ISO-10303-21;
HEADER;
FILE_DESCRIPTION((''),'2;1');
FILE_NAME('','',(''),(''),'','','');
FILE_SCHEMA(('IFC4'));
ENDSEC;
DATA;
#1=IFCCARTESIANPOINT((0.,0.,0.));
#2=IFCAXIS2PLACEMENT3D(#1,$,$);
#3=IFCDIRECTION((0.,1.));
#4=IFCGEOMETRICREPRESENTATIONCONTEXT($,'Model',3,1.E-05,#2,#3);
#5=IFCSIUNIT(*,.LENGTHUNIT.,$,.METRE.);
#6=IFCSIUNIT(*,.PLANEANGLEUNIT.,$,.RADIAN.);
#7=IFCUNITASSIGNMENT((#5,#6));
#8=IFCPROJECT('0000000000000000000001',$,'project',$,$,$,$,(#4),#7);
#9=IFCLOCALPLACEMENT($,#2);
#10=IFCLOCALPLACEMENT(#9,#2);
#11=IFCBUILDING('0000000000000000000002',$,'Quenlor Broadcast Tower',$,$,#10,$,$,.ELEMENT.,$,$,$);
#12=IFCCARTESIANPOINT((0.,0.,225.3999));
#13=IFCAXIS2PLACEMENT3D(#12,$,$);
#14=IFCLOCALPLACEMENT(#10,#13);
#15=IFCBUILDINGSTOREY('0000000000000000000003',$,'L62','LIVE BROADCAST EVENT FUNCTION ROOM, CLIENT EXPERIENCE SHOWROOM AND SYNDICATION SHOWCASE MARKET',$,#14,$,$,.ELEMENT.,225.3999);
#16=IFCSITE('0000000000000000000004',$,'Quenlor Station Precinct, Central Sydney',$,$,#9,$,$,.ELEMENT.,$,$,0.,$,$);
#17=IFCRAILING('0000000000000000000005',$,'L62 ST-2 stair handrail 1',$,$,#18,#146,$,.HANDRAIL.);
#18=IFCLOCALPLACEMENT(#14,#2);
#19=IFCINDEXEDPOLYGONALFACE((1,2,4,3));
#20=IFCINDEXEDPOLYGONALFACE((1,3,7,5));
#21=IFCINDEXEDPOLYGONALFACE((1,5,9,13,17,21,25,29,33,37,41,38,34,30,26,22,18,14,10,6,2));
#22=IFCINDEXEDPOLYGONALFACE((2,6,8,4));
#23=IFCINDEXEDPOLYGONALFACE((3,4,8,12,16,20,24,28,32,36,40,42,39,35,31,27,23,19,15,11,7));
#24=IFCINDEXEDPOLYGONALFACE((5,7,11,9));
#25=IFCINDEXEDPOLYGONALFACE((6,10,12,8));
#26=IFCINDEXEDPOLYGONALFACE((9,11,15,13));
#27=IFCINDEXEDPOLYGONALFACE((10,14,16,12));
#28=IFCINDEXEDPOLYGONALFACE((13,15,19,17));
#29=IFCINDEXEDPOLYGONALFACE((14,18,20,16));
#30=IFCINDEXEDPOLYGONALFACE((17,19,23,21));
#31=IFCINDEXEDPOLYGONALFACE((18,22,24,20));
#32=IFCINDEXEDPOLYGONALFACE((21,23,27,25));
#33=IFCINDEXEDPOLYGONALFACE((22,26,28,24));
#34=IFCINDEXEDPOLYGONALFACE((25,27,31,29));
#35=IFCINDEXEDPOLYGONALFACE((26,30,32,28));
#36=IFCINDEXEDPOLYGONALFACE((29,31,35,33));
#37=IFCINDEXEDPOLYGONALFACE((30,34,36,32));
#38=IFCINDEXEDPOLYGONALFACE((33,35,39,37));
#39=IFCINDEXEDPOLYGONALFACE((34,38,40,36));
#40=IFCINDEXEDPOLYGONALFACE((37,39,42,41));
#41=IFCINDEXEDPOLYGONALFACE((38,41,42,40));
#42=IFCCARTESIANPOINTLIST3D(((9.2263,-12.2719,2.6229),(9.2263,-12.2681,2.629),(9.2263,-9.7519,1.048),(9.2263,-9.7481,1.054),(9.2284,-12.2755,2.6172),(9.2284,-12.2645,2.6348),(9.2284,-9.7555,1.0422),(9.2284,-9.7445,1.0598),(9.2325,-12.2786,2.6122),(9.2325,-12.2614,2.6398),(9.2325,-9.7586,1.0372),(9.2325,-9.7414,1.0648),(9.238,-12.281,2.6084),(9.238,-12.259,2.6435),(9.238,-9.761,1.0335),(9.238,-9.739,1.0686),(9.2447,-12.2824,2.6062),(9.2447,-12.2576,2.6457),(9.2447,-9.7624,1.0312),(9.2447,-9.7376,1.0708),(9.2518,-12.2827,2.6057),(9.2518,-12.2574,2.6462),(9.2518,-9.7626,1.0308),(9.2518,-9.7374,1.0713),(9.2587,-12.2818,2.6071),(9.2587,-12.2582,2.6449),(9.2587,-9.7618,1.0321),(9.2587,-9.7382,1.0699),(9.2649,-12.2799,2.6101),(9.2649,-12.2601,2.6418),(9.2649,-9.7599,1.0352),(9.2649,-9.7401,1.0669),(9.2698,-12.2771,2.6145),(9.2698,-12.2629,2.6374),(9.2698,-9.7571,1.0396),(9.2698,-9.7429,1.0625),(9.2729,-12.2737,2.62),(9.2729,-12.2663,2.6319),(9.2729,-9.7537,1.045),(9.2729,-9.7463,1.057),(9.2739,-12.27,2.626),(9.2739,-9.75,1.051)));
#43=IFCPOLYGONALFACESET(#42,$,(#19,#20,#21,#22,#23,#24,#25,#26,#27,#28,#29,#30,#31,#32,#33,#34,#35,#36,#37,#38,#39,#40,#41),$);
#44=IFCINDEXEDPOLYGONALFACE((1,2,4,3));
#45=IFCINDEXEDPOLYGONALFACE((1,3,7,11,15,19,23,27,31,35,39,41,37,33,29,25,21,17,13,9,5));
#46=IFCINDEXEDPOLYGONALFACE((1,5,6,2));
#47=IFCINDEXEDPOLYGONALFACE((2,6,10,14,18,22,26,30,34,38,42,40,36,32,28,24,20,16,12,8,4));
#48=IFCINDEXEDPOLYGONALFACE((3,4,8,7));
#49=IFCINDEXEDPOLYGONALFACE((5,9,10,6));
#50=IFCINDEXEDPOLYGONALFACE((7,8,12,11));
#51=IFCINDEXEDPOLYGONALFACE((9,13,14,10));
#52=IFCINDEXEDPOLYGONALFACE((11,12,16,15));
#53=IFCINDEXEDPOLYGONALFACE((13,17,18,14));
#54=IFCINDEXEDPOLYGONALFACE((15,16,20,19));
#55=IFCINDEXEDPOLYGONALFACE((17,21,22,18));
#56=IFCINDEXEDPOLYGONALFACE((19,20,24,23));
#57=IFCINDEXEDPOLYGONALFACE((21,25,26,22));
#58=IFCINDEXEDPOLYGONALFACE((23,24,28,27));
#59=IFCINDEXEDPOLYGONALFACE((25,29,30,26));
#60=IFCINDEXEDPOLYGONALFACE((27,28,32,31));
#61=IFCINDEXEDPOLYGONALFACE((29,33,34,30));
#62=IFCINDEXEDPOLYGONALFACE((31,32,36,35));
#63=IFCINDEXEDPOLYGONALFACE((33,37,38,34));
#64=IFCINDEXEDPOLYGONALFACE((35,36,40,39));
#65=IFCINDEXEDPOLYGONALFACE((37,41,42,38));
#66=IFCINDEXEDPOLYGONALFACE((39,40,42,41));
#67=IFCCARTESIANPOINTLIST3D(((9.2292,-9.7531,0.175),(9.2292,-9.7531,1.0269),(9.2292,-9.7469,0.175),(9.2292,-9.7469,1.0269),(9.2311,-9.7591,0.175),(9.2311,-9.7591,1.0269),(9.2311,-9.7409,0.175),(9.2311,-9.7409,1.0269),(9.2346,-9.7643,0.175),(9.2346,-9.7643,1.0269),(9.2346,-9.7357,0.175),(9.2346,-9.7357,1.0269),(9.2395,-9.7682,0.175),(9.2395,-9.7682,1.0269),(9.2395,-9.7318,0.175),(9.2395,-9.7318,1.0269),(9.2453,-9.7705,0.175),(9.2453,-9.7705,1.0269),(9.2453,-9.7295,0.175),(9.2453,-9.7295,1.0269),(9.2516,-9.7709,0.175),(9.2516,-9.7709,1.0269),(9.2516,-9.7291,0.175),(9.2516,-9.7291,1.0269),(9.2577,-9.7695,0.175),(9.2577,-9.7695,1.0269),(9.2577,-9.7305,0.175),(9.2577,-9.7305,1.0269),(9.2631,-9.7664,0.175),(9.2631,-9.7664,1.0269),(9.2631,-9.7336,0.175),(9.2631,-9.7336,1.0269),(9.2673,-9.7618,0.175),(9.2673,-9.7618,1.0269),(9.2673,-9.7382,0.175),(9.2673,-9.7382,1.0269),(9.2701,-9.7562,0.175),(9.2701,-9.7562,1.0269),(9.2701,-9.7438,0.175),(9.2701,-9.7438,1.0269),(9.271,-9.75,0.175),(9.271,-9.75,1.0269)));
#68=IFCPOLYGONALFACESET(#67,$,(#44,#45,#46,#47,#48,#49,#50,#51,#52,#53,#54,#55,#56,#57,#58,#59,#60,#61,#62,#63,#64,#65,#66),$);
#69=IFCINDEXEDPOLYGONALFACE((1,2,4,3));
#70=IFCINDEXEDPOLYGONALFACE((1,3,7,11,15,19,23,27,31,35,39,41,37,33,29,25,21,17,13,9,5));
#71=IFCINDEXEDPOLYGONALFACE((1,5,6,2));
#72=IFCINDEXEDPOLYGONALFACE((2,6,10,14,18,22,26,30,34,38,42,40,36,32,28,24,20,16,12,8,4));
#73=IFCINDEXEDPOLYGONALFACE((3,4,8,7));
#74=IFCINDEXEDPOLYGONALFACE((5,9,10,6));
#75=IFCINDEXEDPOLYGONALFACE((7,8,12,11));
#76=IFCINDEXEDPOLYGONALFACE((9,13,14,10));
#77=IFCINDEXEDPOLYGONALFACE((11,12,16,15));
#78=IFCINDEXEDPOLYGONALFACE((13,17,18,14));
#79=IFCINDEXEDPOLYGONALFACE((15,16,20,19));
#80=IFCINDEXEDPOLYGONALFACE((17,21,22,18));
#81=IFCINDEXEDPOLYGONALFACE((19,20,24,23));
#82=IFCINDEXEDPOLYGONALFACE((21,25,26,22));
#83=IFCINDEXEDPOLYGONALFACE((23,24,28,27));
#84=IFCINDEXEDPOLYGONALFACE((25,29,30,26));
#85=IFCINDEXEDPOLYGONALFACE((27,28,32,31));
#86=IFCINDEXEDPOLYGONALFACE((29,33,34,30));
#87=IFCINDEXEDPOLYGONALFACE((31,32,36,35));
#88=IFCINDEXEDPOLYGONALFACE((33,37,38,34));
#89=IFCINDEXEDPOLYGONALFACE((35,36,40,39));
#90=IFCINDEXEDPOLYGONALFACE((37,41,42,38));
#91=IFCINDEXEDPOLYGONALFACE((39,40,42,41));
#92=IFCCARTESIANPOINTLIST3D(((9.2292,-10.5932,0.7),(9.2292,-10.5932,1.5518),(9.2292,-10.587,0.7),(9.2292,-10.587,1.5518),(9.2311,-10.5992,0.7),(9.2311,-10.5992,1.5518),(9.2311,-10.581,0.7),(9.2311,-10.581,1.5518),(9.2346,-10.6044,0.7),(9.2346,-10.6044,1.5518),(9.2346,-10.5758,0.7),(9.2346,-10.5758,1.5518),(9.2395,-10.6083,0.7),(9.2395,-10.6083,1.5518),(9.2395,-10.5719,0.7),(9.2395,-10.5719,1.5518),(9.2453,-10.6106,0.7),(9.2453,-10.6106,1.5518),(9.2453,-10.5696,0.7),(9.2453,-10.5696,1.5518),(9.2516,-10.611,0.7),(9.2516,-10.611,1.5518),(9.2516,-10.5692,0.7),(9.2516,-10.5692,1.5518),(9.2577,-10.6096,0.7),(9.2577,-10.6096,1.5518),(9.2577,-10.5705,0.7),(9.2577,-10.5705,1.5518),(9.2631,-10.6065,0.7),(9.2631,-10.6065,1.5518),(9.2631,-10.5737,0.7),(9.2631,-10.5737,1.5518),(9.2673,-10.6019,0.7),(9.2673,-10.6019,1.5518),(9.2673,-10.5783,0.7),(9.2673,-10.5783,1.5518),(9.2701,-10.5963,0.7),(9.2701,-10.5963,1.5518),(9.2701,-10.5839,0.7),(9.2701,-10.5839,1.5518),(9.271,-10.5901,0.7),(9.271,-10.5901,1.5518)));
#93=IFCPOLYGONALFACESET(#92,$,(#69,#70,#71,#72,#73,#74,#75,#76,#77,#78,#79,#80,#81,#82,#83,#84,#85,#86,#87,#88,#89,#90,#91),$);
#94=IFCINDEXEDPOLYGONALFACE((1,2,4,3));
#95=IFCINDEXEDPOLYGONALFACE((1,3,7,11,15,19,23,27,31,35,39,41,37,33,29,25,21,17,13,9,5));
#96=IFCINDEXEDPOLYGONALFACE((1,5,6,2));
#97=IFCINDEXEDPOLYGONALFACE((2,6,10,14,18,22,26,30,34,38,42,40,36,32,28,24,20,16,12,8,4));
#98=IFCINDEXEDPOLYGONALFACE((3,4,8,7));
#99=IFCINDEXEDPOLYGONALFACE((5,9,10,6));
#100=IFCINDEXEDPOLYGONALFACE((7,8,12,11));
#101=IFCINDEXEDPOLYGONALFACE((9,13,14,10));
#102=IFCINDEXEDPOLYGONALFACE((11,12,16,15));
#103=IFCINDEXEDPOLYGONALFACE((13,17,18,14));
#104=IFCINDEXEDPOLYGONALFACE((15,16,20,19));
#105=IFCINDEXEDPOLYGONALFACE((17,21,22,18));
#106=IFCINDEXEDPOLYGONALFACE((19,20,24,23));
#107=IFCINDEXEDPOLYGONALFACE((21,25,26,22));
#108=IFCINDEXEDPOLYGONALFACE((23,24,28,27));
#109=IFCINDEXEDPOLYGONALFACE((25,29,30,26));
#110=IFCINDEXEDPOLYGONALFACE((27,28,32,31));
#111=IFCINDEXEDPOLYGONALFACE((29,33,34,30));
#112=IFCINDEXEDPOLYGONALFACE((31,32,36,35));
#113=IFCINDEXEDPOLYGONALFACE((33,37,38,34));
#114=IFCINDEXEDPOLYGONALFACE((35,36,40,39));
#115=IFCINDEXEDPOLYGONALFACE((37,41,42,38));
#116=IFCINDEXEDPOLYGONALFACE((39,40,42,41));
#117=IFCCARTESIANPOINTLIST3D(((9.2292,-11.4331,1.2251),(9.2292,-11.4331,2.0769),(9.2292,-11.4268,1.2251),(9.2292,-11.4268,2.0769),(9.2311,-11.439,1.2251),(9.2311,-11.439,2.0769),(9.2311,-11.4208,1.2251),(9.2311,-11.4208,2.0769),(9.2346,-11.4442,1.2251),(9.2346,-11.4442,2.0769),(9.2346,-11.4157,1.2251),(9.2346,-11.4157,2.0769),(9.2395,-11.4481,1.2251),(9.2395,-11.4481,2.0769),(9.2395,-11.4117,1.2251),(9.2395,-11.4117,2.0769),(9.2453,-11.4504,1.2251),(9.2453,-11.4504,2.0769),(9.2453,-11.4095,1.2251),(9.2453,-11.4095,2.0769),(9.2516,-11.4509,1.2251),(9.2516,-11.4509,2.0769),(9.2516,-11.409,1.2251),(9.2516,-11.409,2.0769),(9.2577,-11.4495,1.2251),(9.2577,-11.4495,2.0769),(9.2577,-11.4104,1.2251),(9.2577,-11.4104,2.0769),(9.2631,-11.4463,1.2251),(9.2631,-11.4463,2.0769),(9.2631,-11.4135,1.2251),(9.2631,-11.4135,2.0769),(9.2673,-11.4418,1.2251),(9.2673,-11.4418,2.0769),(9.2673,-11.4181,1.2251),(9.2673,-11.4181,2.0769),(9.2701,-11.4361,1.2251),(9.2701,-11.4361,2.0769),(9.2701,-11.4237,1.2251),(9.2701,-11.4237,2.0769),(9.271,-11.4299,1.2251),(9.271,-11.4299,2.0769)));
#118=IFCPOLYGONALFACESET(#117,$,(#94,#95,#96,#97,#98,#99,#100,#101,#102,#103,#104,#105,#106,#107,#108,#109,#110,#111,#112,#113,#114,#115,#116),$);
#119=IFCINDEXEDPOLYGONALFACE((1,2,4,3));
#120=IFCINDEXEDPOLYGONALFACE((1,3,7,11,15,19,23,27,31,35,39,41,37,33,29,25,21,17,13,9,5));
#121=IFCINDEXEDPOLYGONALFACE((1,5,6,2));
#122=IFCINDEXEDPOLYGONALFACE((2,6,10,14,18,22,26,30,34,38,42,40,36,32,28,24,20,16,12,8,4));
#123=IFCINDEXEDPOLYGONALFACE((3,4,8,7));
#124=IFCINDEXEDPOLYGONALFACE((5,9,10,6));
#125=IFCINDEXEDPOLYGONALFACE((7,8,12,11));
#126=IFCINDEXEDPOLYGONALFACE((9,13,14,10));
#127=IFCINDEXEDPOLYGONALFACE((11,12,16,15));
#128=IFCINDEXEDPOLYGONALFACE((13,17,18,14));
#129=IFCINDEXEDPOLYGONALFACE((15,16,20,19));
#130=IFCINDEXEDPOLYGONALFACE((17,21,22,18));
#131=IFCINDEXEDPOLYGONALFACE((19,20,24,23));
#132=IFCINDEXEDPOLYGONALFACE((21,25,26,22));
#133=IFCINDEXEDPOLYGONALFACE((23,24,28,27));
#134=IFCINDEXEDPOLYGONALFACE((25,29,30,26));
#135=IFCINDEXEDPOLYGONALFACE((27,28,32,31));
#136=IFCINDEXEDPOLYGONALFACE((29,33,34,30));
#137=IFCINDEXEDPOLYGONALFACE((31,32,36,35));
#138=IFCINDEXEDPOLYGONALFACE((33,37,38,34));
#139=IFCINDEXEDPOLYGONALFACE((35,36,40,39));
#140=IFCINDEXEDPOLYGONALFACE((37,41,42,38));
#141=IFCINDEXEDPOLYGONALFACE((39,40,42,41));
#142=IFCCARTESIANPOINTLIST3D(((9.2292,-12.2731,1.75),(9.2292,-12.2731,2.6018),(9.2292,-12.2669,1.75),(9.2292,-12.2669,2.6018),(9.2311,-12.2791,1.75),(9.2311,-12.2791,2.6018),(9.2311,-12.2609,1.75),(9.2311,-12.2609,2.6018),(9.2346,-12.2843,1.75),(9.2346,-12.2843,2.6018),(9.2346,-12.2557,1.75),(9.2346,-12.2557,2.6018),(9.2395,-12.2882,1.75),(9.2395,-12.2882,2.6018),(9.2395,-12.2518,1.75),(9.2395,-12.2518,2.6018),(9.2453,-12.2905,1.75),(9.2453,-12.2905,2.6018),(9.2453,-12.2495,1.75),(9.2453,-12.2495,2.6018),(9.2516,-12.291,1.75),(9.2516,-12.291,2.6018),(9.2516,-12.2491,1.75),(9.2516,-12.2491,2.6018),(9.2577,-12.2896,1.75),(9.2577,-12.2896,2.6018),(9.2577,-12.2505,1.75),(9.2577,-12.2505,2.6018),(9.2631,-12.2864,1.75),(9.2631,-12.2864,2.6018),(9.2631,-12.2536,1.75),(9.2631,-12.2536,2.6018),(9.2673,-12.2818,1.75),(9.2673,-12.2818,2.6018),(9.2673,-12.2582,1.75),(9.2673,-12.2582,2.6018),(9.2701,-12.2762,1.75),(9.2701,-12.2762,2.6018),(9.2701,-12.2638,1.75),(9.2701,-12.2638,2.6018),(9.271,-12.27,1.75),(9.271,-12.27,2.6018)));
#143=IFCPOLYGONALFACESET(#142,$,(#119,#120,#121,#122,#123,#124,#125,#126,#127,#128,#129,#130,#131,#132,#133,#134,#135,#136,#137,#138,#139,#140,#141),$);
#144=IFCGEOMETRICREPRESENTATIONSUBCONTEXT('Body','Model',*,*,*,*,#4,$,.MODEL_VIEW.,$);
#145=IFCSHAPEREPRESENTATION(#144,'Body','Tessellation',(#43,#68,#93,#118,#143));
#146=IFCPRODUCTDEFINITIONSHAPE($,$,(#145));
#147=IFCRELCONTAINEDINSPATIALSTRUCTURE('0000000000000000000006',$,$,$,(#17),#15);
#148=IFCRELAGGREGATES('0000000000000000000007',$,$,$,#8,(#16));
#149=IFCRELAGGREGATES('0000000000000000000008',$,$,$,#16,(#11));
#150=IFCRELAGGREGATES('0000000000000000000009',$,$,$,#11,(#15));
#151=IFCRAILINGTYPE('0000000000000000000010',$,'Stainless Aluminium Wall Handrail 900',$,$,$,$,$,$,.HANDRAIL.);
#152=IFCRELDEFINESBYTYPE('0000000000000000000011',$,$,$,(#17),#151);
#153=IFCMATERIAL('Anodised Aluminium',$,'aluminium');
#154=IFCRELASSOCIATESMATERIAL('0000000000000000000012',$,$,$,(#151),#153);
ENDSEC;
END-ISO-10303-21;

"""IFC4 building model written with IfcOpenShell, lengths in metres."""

from ifc_helpers import new_model, si_unit, direction, frame, origin, origin_2d, place, context, subcontext, project, spatial, circle, extrude, material, type_object, element, save


model = new_model("IFC4")

# Units and contexts
model_context = context("Model", 3, precision=1e-05, world=origin(), true_north=direction((0.0, 1.0)))
body_context = subcontext(model_context, "Body", "Model", "MODEL_VIEW")
ifc_project = project(units=[si_unit("LENGTHUNIT", "METRE"), si_unit("PLANEANGLEUNIT", "RADIAN")], contexts=[model_context])

# Site, building, storey
site_placement = place(None, origin())
site = spatial("IfcSite", under=ifc_project, at=site_placement, Name="Quenlor Station Precinct, Central Sydney", CompositionType="ELEMENT", RefElevation=0.0)
building_placement = place(site_placement, origin())
building = spatial("IfcBuilding", under=site, at=building_placement, Name="Quenlor Broadcast Tower", CompositionType="ELEMENT")
storey_placement = place(building_placement, frame((0.0, 0.0, 225.3999)))
storey = spatial("IfcBuildingStorey", under=building, at=storey_placement, Name="L62", Description="LIVE BROADCAST EVENT FUNCTION ROOM, CLIENT EXPERIENCE SHOWROOM AND SYNDICATION SHOWCASE MARKET", CompositionType="ELEMENT", Elevation=225.3999)

# Railing
ifc_material_1 = material(Name="Anodised Aluminium", Category="aluminium")
railing_type_1 = type_object("IfcRailingType", Name="Stainless Aluminium Wall Handrail 900", PredefinedType="HANDRAIL", material=ifc_material_1)
railing_1_placement = place(storey_placement, frame((9.25, -9.75, 0.175)))
element("IfcRailing", 1, at=railing_1_placement, inside=storey, type_object=railing_type_1, Name="L62 ST-2 stair handrail 1", PredefinedType="HANDRAIL", context=body_context, shape_type="SweptSolid", body=[
    extrude(circle(Radius=0.0239, at=origin_2d()), frame((0.0, 0.0, 0.876), z_axis=(0.0, -0.848008, 0.529984), x_axis=(1.0, 0.0, 0.0)), (0.0, 0.0, 1.0), 2.9717),
    extrude(circle(Radius=0.021, at=origin_2d()), origin(), (0.0, 0.0, 1.0), 0.8518),
    extrude(circle(Radius=0.021, at=origin_2d()), frame((0.0, -0.8401, 0.5249)), (0.0, 0.0, 1.0), 0.8518),
    extrude(circle(Radius=0.021, at=origin_2d()), frame((0.0, -1.6799, 1.05)), (0.0, 0.0, 1.0), 0.8518),
    extrude(circle(Radius=0.021, at=origin_2d()), frame((0.0, -2.52, 1.575)), (0.0, 0.0, 1.0), 0.8518),
])

save(model, "model.ifc")
